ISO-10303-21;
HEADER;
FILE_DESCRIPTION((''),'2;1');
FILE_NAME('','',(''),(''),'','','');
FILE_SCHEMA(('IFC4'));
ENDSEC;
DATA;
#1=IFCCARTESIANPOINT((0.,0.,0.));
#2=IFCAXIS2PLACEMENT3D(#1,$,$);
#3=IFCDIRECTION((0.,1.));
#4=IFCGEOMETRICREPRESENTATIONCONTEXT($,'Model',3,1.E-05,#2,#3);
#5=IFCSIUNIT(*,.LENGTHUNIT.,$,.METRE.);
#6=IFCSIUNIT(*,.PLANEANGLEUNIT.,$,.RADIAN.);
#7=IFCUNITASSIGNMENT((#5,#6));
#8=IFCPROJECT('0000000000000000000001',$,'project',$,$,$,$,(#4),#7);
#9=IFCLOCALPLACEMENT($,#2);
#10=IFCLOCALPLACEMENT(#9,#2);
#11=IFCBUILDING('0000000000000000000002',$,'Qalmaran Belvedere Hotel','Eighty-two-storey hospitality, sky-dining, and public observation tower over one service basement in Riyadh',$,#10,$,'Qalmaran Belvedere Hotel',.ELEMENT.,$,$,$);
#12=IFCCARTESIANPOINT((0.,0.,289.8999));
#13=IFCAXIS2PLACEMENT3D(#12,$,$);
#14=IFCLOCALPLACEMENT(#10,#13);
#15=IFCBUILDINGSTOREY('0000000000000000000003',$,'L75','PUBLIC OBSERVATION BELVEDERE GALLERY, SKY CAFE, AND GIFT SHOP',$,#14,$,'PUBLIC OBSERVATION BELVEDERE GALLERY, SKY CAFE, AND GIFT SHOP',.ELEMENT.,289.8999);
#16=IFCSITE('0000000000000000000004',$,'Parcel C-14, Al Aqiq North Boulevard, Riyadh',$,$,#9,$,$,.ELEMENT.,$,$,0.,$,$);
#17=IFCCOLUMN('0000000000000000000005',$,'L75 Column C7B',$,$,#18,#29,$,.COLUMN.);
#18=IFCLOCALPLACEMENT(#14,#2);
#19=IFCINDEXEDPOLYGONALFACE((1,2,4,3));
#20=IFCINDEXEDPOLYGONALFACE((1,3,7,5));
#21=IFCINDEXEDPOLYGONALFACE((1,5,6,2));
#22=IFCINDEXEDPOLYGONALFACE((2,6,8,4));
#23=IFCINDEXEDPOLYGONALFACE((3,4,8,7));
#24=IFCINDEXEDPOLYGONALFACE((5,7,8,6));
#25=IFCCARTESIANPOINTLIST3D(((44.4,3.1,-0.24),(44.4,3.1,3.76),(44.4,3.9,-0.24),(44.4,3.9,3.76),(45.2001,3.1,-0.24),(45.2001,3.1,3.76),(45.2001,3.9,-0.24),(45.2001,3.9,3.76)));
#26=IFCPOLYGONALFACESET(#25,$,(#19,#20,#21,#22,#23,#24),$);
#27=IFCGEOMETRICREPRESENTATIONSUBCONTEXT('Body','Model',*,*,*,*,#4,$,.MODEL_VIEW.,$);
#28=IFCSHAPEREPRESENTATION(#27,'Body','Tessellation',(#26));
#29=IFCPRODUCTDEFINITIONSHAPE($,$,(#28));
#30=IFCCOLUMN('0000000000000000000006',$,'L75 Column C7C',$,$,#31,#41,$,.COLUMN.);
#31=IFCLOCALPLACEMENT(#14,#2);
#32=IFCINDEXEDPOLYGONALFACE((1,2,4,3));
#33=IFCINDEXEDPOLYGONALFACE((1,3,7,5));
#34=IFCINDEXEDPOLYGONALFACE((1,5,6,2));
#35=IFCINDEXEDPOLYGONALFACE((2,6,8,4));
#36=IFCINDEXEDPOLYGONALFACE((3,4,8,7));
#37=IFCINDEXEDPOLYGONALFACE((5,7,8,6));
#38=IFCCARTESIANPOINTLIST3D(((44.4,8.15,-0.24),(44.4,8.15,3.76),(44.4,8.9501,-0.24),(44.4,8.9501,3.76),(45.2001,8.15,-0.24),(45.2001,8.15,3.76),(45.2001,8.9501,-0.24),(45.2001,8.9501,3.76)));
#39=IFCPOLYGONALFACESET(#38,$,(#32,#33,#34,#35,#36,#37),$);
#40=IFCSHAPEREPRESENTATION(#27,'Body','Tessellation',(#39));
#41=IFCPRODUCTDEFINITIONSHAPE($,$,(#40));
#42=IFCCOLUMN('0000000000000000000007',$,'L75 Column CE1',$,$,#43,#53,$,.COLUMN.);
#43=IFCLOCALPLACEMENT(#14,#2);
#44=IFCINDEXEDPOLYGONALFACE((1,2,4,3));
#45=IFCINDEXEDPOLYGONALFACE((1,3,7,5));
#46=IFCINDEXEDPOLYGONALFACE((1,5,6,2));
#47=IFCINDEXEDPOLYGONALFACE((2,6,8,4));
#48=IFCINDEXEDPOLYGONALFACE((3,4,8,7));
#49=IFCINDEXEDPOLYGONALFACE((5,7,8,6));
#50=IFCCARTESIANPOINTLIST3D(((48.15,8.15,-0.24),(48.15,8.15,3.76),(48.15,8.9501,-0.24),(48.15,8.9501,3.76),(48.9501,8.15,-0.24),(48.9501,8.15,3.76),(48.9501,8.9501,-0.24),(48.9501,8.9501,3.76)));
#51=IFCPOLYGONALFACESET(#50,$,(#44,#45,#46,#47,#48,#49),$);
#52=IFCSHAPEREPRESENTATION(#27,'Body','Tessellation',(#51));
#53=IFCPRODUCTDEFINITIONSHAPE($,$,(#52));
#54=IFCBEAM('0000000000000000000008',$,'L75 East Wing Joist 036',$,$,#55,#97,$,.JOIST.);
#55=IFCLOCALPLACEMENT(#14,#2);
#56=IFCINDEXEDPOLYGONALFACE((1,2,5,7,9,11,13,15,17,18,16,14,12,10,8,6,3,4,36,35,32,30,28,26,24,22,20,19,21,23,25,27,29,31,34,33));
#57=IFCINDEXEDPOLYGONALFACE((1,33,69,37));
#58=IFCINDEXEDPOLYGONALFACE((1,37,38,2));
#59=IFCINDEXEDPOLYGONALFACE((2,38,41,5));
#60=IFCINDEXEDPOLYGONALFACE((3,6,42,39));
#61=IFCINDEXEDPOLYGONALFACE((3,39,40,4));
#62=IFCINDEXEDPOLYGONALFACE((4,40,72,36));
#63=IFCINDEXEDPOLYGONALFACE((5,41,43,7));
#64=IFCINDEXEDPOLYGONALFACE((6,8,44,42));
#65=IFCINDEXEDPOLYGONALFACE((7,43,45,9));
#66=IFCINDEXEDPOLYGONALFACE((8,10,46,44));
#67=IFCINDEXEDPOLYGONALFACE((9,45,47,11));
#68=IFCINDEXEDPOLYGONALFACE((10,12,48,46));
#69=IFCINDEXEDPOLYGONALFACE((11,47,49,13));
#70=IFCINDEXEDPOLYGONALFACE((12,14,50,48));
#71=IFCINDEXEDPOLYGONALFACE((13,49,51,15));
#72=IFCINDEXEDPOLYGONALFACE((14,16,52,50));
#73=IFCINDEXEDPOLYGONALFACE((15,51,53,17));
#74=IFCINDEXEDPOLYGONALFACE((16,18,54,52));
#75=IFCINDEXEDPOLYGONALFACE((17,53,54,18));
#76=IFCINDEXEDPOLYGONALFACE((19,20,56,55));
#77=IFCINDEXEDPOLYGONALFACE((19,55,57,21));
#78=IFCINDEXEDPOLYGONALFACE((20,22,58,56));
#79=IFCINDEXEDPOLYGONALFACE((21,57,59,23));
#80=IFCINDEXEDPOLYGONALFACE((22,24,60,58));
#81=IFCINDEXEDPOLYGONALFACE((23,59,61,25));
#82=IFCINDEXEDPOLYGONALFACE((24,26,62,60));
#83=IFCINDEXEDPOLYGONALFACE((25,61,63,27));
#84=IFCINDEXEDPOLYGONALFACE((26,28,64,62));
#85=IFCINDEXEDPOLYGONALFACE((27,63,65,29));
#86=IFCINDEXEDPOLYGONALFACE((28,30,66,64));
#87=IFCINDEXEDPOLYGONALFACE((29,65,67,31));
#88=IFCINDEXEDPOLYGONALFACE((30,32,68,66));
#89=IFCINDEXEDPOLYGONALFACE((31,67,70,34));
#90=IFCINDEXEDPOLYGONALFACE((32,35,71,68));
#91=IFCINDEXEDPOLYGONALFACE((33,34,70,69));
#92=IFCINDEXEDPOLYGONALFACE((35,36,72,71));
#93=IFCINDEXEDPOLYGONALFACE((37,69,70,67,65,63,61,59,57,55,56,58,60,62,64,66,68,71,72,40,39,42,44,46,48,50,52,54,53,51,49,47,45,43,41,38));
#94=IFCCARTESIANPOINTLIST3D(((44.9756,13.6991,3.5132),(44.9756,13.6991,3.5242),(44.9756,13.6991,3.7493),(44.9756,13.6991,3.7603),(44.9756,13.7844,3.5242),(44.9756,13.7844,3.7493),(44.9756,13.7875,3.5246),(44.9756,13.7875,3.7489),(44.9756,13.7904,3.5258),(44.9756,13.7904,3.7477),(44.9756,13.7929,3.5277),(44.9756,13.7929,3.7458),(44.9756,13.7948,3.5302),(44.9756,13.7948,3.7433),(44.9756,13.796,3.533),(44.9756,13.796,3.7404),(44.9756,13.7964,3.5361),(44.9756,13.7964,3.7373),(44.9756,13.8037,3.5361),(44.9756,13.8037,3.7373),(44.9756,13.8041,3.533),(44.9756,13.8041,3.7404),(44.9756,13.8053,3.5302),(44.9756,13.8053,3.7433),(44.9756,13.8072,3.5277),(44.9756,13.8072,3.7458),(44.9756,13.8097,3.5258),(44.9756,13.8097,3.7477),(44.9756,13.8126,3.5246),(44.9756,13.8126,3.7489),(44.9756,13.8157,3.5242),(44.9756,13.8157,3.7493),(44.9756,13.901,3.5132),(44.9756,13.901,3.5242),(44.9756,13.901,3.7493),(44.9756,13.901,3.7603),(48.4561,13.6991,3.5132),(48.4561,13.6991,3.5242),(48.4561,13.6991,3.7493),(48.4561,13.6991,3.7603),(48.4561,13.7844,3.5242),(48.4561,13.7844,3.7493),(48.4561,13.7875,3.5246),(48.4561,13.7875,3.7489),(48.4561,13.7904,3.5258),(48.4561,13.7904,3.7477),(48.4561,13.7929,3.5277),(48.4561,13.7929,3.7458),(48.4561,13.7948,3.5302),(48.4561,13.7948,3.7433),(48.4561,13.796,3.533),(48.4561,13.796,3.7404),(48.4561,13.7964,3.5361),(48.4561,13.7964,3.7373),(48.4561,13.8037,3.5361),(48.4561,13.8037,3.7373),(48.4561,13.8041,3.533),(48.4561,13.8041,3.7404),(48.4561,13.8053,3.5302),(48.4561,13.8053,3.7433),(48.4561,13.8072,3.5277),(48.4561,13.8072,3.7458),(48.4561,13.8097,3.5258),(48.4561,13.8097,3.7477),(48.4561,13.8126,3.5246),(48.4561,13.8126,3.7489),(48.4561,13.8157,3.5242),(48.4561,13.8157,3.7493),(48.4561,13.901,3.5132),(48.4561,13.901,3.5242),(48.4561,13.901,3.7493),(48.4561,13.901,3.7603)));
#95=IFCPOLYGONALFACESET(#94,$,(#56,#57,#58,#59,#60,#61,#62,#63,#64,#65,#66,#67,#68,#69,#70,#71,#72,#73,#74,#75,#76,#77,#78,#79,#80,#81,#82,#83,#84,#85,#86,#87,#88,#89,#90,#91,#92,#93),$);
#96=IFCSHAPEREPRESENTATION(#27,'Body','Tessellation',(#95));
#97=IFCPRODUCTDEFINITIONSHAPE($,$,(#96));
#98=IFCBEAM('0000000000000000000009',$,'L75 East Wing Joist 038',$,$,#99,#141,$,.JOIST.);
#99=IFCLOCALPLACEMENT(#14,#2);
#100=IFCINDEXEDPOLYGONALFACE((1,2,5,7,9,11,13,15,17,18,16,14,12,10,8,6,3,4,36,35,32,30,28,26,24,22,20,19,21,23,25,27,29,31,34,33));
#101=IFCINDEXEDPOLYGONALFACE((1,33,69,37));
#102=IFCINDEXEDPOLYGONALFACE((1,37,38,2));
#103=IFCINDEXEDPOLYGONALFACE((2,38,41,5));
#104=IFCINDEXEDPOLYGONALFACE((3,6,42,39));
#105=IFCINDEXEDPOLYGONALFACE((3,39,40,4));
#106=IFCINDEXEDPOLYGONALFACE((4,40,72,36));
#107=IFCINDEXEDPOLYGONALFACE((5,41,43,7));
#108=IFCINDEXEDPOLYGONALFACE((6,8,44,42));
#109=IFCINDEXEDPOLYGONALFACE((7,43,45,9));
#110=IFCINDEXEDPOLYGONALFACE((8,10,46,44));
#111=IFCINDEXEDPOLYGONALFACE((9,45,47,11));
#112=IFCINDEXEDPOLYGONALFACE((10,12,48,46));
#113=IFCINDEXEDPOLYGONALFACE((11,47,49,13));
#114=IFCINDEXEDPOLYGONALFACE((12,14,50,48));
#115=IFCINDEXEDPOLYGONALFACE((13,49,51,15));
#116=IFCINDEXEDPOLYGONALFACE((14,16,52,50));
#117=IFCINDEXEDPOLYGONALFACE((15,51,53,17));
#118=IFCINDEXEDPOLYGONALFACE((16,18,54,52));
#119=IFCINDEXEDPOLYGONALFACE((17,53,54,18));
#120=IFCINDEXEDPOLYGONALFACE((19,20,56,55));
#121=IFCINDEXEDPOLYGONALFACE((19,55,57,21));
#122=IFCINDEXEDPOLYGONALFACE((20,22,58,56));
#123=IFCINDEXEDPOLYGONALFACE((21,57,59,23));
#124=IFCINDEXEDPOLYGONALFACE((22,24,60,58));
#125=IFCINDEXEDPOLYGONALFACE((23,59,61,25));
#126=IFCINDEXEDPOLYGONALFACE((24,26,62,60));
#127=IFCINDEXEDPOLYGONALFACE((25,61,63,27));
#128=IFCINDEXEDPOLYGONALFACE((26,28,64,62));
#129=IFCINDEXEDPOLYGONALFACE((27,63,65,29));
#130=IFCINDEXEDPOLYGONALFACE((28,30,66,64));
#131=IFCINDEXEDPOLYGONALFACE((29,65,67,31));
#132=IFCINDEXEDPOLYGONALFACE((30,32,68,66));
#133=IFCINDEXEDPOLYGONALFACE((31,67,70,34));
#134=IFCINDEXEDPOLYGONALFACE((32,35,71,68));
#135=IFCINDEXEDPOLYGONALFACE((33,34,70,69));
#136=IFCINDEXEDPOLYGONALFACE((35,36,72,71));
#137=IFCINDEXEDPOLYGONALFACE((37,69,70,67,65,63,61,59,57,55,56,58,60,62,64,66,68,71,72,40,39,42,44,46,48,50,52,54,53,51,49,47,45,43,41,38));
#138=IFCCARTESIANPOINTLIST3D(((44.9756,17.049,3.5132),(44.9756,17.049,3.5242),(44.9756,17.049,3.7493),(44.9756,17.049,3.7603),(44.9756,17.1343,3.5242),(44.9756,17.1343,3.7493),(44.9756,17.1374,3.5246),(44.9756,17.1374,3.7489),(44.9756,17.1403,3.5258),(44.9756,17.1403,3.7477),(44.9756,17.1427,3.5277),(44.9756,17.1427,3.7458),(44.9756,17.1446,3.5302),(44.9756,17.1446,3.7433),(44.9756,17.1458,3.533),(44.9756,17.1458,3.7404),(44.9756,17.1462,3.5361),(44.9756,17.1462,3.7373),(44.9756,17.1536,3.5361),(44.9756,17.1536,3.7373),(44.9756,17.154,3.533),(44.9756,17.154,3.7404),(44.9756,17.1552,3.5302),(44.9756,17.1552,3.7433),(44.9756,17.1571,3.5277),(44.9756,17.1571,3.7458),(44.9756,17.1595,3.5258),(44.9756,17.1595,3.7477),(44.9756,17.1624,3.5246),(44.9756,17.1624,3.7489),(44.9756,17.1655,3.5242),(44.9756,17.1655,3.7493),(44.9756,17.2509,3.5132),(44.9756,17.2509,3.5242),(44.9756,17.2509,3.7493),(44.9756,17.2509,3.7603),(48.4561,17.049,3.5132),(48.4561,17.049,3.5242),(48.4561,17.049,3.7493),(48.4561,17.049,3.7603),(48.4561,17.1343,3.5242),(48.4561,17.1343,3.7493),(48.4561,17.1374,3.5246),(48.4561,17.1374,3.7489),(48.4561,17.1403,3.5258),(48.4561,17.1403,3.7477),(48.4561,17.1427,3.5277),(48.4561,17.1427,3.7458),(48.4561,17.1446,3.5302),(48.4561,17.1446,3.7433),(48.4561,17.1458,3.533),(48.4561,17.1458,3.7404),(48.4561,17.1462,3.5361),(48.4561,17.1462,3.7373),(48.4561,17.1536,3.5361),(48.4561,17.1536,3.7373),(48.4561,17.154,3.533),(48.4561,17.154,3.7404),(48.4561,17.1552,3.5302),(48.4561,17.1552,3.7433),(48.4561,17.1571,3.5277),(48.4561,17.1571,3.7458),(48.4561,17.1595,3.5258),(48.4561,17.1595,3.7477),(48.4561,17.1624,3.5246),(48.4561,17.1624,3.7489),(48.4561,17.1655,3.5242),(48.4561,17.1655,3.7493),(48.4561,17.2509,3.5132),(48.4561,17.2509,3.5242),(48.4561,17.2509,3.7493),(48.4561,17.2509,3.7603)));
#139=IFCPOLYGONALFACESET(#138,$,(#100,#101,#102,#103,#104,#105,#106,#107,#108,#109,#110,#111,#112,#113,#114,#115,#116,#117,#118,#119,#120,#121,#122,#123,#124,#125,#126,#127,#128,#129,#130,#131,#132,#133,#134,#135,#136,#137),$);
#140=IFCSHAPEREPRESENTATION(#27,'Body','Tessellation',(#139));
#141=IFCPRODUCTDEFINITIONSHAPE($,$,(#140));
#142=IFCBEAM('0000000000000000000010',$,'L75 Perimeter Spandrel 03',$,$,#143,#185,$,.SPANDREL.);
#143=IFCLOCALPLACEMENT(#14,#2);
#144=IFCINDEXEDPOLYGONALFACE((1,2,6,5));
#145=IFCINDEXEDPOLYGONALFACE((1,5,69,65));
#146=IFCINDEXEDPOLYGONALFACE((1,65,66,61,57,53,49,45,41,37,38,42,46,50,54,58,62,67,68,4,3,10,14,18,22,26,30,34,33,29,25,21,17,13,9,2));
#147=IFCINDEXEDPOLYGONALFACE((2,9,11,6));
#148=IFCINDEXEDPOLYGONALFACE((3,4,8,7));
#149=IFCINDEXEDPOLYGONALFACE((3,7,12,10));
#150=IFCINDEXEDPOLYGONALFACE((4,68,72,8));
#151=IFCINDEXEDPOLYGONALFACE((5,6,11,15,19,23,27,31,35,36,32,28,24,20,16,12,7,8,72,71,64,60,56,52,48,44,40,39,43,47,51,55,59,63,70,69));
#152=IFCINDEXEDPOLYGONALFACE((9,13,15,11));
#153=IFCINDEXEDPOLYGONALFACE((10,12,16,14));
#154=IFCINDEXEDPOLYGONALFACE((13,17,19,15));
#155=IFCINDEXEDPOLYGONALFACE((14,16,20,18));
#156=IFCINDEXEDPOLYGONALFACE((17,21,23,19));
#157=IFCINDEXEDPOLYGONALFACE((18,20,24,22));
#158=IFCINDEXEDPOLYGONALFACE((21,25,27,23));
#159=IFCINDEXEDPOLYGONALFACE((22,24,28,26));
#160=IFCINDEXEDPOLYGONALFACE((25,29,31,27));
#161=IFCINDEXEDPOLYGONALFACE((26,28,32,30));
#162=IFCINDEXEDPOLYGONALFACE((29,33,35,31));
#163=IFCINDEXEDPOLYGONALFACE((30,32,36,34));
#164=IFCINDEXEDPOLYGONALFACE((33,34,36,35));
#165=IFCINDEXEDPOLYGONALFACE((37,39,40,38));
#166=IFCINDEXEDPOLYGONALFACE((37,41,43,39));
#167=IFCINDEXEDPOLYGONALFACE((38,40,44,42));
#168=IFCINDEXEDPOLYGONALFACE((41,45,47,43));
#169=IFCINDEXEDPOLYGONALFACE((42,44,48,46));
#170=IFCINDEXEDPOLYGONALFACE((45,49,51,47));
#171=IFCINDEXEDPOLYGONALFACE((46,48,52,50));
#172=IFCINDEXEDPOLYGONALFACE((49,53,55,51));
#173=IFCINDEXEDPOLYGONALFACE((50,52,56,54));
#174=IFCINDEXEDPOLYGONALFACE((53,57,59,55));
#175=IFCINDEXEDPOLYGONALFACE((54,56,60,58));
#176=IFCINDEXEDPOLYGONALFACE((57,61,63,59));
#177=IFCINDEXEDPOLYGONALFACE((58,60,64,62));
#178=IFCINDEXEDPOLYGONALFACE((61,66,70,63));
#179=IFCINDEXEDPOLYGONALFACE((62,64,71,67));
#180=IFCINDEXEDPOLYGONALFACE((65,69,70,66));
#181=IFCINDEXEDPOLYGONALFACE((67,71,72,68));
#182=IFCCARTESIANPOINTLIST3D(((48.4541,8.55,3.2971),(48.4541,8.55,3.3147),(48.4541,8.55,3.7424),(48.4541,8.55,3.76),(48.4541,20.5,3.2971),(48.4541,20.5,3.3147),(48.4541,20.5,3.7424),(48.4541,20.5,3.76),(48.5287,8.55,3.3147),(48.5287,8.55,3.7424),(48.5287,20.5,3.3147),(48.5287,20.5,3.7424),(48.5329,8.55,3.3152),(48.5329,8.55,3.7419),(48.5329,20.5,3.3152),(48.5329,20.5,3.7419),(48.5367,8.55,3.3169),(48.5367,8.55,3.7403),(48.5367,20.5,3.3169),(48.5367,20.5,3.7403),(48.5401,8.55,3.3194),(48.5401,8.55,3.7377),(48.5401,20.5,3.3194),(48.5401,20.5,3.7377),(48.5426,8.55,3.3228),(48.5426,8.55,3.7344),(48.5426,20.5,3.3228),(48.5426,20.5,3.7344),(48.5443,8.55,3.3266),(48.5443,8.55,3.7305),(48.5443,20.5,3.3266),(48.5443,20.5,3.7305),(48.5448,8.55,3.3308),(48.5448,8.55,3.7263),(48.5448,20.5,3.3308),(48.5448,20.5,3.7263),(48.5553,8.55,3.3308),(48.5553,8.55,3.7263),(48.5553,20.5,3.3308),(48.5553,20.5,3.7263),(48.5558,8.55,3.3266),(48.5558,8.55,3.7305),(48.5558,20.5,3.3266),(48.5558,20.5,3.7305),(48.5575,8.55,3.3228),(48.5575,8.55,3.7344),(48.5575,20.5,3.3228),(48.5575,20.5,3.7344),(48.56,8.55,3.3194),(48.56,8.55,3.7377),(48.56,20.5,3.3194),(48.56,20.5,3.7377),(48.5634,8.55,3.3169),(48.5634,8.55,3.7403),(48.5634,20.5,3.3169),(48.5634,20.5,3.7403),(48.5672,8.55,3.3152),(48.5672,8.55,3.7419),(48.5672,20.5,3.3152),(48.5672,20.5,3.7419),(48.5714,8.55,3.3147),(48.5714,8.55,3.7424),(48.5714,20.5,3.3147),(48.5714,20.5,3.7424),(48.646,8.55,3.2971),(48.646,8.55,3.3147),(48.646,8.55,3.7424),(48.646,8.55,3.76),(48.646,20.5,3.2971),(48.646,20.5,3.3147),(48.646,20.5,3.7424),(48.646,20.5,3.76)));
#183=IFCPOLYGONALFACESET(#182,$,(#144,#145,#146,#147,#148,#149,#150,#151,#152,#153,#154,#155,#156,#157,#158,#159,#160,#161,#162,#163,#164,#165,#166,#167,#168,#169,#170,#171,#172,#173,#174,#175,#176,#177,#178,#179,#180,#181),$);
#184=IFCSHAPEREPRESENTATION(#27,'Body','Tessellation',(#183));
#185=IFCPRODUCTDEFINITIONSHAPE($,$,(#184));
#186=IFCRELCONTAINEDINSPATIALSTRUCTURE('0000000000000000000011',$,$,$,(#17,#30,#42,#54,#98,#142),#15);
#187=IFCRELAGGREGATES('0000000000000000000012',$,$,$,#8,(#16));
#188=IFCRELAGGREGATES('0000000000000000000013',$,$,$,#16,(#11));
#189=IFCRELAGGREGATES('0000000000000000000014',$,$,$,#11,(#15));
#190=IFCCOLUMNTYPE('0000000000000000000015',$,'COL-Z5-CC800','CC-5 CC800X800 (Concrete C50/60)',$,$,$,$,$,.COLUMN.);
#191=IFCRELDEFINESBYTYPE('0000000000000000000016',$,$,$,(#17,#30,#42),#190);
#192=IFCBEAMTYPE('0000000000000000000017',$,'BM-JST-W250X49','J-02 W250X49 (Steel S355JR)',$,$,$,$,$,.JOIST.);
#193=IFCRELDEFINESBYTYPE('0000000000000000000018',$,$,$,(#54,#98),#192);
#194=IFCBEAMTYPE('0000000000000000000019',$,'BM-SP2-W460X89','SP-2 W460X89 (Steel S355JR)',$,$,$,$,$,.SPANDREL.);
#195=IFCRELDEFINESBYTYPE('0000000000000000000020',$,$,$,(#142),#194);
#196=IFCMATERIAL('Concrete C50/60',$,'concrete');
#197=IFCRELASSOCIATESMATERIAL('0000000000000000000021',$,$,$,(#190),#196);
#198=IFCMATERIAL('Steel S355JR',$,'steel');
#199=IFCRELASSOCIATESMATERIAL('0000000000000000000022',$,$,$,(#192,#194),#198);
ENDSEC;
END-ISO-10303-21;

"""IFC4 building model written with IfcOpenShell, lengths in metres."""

from ifc_helpers import new_model, si_unit, direction, frame, origin, origin_2d, place, context, subcontext, project, spatial, rectangle, i_section, extrude, material, material_profile, profile_set, type_object, element, save


model = new_model("IFC4")

# Units and contexts
model_context = context("Model", 3, precision=1e-05, world=origin(), true_north=direction((0.0, 1.0)))
body_context = subcontext(model_context, "Body", "Model", "MODEL_VIEW")
ifc_project = project(units=[si_unit("LENGTHUNIT", "METRE"), si_unit("PLANEANGLEUNIT", "RADIAN")], contexts=[model_context])

# Site, building, storey
site_placement = place(None, origin())
site = spatial("IfcSite", under=ifc_project, at=site_placement, Name="Parcel C-14, Al Aqiq North Boulevard, Riyadh", CompositionType="ELEMENT", RefElevation=0.0)
building_placement = place(site_placement, origin())
building = spatial("IfcBuilding", under=site, at=building_placement, Name="Qalmaran Belvedere Hotel", Description="Eighty-two-storey hospitality, sky-dining, and public observation tower over one service basement in Riyadh", LongName="Qalmaran Belvedere Hotel", CompositionType="ELEMENT")
storey_placement = place(building_placement, frame((0.0, 0.0, 289.8999)))
storey = spatial("IfcBuildingStorey", under=building, at=storey_placement, Name="L75", Description="PUBLIC OBSERVATION BELVEDERE GALLERY, SKY CAFE, AND GIFT SHOP", LongName="PUBLIC OBSERVATION BELVEDERE GALLERY, SKY CAFE, AND GIFT SHOP", CompositionType="ELEMENT", Elevation=289.8999)

# Columns
ifc_material_1 = material(Name="Concrete C50/60", Category="concrete")
ifc_material_profile_1 = material_profile(ifc_material_1, rectangle(XDim=0.8, YDim=0.8, at=origin_2d()), Name="CC800X800")
ifc_profile_set_1 = profile_set([ifc_material_profile_1], Name="Concrete C50/60")
column_type = type_object("IfcColumnType", Name="COL-Z5-CC800", Description="CC-5 CC800X800 (Concrete C50/60)", PredefinedType="COLUMN", material=ifc_profile_set_1)
for number, where, z_axis, x_axis, name in (
    (1, (44.8, 3.5, -0.24), (0.0, 0.0, 1.0), (1.0, 0.0, 0.0), "L75 Column C7B"),
    (2, (44.8, 8.55, -0.24), (0.0, 0.0, 1.0), (1.0, 0.0, 0.0), "L75 Column C7C"),
    (3, (48.55, 8.55, -0.24), (0.0, 0.0, 1.0), (1.0, 0.0, 0.0), "L75 Column CE1"),
):
    element("IfcColumn", number, at=place(storey_placement, frame(where, z_axis=z_axis, x_axis=x_axis)), inside=storey, type_object=column_type, Name=name, PredefinedType="COLUMN", context=body_context, shape_type="SweptSolid", body=[
        extrude(rectangle(XDim=0.8, YDim=0.8, at=origin_2d()), origin(), (0.0, 0.0, 1.0), 4.0),
    ])

# Beams
ifc_material_2 = material(Name="Steel S355JR", Category="steel")
ifc_material_profile_2 = material_profile(ifc_material_2, i_section(OverallWidth=0.2019, OverallDepth=0.2471, WebThickness=0.0073, FlangeThickness=0.011, FilletRadius=0.012, at=origin_2d()), Name="W250X49")
ifc_profile_set_2 = profile_set([ifc_material_profile_2], Name="Steel S355JR")
beam_type_1 = type_object("IfcBeamType", Name="BM-JST-W250X49", Description="J-02 W250X49 (Steel S355JR)", PredefinedType="JOIST", material=ifc_profile_set_2)
for number, where, z_axis, x_axis, name in (
    (4, (44.9756, 13.8, 3.6367), (1.0, 0.0, 0.0), (0.0, 1.0, 0.0), "L75 East Wing Joist 036"),
    (5, (44.9756, 17.1499, 3.6367), (1.0, 0.0, 0.0), (0.0, 1.0, 0.0), "L75 East Wing Joist 038"),
):
    element("IfcBeam", number, at=place(storey_placement, frame(where, z_axis=z_axis, x_axis=x_axis)), inside=storey, type_object=beam_type_1, Name=name, PredefinedType="JOIST", context=body_context, shape_type="SweptSolid", body=[
        extrude(i_section(OverallWidth=0.2019, OverallDepth=0.2471, WebThickness=0.0073, FlangeThickness=0.011, FilletRadius=0.012, at=origin_2d()), origin(), (0.0, 0.0, 1.0), 3.4805),
    ])
ifc_material_profile_3 = material_profile(ifc_material_2, i_section(OverallWidth=0.1919, OverallDepth=0.4629, WebThickness=0.0105, FlangeThickness=0.0176, FilletRadius=0.0161, at=origin_2d()), Name="W460X89")
ifc_profile_set_3 = profile_set([ifc_material_profile_3], Name="Steel S355JR")
beam_type_2 = type_object("IfcBeamType", Name="BM-SP2-W460X89", Description="SP-2 W460X89 (Steel S355JR)", PredefinedType="SPANDREL", material=ifc_profile_set_3)
beam_1_placement = place(storey_placement, frame((48.55, 8.55, 3.5286), z_axis=(0.0, 1.0, 0.0), x_axis=(-1.0, 0.0, 0.0)))
element("IfcBeam", 6, at=beam_1_placement, inside=storey, type_object=beam_type_2, Name="L75 Perimeter Spandrel 03", PredefinedType="SPANDREL", context=body_context, shape_type="SweptSolid", body=[
    extrude(i_section(OverallWidth=0.1919, OverallDepth=0.4629, WebThickness=0.0105, FlangeThickness=0.0176, FilletRadius=0.0161, at=origin_2d()), origin(), (0.0, 0.0, 1.0), 11.95),
])

save(model, "model.ifc")
